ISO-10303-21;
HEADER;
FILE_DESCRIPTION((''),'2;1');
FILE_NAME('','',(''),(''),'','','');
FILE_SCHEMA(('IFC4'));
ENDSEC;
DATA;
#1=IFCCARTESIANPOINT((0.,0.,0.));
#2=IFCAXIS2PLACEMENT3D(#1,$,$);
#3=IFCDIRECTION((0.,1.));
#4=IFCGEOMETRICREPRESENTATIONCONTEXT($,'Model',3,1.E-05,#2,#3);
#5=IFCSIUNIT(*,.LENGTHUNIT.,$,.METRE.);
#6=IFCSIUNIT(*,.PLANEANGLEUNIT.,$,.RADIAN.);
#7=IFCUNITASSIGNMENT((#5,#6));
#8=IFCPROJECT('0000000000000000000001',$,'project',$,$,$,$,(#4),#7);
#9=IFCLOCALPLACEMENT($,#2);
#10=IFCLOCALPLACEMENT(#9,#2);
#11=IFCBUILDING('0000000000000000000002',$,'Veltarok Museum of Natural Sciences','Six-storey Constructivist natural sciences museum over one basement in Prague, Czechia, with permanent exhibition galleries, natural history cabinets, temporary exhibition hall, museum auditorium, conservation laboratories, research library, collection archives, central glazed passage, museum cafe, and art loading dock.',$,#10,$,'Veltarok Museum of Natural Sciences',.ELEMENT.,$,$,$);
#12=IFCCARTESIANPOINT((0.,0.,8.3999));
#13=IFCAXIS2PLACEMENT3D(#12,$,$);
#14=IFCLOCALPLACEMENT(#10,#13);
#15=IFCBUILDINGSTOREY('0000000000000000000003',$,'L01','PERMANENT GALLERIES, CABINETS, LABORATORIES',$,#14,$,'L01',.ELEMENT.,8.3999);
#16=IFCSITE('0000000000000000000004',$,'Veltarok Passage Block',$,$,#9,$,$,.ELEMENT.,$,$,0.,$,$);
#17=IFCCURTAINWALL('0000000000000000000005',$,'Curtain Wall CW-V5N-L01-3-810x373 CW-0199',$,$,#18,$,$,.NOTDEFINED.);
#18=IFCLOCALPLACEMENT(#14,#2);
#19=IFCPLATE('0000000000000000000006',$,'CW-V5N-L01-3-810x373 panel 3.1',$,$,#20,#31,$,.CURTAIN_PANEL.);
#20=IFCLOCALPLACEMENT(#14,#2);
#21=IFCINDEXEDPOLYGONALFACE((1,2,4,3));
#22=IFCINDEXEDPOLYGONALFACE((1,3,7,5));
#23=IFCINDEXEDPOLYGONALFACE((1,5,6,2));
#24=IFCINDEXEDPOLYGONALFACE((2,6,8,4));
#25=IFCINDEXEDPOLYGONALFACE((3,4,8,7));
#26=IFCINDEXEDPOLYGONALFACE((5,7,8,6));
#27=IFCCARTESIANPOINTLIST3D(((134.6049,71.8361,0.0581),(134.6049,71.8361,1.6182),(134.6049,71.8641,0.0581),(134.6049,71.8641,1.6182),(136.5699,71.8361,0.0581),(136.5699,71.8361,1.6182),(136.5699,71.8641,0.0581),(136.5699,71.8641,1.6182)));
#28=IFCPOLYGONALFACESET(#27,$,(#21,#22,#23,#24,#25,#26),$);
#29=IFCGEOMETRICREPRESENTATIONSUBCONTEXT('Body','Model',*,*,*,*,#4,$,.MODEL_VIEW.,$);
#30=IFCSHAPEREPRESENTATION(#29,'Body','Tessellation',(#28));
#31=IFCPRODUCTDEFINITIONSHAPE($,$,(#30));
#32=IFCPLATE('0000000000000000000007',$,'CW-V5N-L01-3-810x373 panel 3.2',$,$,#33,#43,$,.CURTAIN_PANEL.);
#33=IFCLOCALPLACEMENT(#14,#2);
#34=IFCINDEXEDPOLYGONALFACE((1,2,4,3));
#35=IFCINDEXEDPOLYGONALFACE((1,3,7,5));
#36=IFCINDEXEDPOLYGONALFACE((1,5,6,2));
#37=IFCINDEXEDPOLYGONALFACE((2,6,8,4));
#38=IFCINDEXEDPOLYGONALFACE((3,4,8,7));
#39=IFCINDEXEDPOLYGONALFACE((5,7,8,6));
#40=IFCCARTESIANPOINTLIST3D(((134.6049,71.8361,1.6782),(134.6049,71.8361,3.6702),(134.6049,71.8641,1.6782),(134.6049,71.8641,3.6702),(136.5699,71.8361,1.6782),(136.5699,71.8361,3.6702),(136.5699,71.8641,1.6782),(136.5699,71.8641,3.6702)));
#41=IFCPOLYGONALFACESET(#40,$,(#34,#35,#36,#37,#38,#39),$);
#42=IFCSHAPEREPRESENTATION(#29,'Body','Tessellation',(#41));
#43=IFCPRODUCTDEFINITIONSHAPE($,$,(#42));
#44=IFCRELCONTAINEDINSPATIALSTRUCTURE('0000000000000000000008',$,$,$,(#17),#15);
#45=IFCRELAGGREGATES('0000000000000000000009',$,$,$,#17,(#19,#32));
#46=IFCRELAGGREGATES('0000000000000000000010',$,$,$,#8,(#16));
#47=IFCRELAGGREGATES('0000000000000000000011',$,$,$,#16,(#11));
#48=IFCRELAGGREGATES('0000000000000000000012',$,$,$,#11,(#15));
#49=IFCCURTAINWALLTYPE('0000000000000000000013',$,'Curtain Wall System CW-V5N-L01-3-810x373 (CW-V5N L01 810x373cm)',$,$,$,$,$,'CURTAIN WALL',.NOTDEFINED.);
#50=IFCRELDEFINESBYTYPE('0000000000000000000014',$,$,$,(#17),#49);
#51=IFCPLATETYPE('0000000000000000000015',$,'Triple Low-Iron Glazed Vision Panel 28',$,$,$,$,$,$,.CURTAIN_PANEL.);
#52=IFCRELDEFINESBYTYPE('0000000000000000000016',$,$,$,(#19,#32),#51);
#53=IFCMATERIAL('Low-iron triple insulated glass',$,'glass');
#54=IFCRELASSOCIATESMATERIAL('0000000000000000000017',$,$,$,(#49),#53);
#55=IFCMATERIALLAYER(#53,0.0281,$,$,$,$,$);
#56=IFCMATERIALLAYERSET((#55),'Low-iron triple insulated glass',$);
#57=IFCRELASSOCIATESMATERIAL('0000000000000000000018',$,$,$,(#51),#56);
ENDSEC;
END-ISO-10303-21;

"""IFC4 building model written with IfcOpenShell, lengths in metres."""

from ifc_helpers import new_model, si_unit, direction, frame, origin, origin_2d, place, context, subcontext, project, spatial, rectangle, extrude, material, layer, layer_set, type_object, element, aggregate, save


model = new_model("IFC4")

# Units and contexts
model_context = context("Model", 3, precision=1e-05, world=origin(), true_north=direction((0.0, 1.0)))
body_context = subcontext(model_context, "Body", "Model", "MODEL_VIEW")
ifc_project = project(units=[si_unit("LENGTHUNIT", "METRE"), si_unit("PLANEANGLEUNIT", "RADIAN")], contexts=[model_context])

# Site, building, storey
site_placement = place(None, origin())
site = spatial("IfcSite", under=ifc_project, at=site_placement, Name="Veltarok Passage Block", CompositionType="ELEMENT", RefElevation=0.0)
building_placement = place(site_placement, origin())
building = spatial("IfcBuilding", under=site, at=building_placement, Name="Veltarok Museum of Natural Sciences", Description="Six-storey Constructivist natural sciences museum over one basement in Prague, Czechia, with permanent exhibition galleries, natural history cabinets, temporary exhibition hall, museum auditorium, conservation laboratories, research library, collection archives, central glazed passage, museum cafe, and art loading dock.", LongName="Veltarok Museum of Natural Sciences", CompositionType="ELEMENT")
storey_placement = place(building_placement, frame((0.0, 0.0, 8.3999)))
storey = spatial("IfcBuildingStorey", under=building, at=storey_placement, Name="L01", Description="PERMANENT GALLERIES, CABINETS, LABORATORIES", LongName="L01", CompositionType="ELEMENT", Elevation=8.3999)

# Curtain wall
ifc_material_1 = material(Name="Low-iron triple insulated glass", Category="glass")
curtain_wall_type = type_object("IfcCurtainWallType", Name="Curtain Wall System CW-V5N-L01-3-810x373 (CW-V5N L01 810x373cm)", ElementType="CURTAIN WALL", PredefinedType="NOTDEFINED", material=ifc_material_1)
curtain_wall_placement = place(storey_placement, origin())
curtain_wall = element("IfcCurtainWall", 1, at=curtain_wall_placement, inside=storey, type_object=curtain_wall_type, Name="Curtain Wall CW-V5N-L01-3-810x373 CW-0199", PredefinedType="NOTDEFINED")

# Plates
ifc_layer = layer(ifc_material_1, 0.0281)
ifc_layer_set = layer_set([ifc_layer], Name="Low-iron triple insulated glass")
plate_type = type_object("IfcPlateType", Name="Triple Low-Iron Glazed Vision Panel 28", PredefinedType="CURTAIN_PANEL", material=ifc_layer_set)
plate_1_placement = place(storey_placement, frame((135.5874, 71.8501, 0.0581), z_axis=(0.0, 0.0, 1.0), x_axis=(-1.0, 0.0, 0.0)))
plate_1 = element("IfcPlate", 2, at=plate_1_placement, type_object=plate_type, Name="CW-V5N-L01-3-810x373 panel 3.1", PredefinedType="CURTAIN_PANEL", context=body_context, shape_type="SweptSolid", body=[
    extrude(rectangle(XDim=1.9651, YDim=0.0281, at=origin_2d()), origin(), (0.0, 0.0, 1.0), 1.5601),
])
plate_2_placement = place(storey_placement, frame((135.5874, 71.8501, 1.6782), z_axis=(0.0, 0.0, 1.0), x_axis=(-1.0, 0.0, 0.0)))
plate_2 = element("IfcPlate", 3, at=plate_2_placement, type_object=plate_type, Name="CW-V5N-L01-3-810x373 panel 3.2", PredefinedType="CURTAIN_PANEL", context=body_context, shape_type="SweptSolid", body=[
    extrude(rectangle(XDim=1.9651, YDim=0.0281, at=origin_2d()), origin(), (0.0, 0.0, 1.0), 1.9919),
])
aggregate(curtain_wall, [plate_1, plate_2])

save(model, "model.ifc")
